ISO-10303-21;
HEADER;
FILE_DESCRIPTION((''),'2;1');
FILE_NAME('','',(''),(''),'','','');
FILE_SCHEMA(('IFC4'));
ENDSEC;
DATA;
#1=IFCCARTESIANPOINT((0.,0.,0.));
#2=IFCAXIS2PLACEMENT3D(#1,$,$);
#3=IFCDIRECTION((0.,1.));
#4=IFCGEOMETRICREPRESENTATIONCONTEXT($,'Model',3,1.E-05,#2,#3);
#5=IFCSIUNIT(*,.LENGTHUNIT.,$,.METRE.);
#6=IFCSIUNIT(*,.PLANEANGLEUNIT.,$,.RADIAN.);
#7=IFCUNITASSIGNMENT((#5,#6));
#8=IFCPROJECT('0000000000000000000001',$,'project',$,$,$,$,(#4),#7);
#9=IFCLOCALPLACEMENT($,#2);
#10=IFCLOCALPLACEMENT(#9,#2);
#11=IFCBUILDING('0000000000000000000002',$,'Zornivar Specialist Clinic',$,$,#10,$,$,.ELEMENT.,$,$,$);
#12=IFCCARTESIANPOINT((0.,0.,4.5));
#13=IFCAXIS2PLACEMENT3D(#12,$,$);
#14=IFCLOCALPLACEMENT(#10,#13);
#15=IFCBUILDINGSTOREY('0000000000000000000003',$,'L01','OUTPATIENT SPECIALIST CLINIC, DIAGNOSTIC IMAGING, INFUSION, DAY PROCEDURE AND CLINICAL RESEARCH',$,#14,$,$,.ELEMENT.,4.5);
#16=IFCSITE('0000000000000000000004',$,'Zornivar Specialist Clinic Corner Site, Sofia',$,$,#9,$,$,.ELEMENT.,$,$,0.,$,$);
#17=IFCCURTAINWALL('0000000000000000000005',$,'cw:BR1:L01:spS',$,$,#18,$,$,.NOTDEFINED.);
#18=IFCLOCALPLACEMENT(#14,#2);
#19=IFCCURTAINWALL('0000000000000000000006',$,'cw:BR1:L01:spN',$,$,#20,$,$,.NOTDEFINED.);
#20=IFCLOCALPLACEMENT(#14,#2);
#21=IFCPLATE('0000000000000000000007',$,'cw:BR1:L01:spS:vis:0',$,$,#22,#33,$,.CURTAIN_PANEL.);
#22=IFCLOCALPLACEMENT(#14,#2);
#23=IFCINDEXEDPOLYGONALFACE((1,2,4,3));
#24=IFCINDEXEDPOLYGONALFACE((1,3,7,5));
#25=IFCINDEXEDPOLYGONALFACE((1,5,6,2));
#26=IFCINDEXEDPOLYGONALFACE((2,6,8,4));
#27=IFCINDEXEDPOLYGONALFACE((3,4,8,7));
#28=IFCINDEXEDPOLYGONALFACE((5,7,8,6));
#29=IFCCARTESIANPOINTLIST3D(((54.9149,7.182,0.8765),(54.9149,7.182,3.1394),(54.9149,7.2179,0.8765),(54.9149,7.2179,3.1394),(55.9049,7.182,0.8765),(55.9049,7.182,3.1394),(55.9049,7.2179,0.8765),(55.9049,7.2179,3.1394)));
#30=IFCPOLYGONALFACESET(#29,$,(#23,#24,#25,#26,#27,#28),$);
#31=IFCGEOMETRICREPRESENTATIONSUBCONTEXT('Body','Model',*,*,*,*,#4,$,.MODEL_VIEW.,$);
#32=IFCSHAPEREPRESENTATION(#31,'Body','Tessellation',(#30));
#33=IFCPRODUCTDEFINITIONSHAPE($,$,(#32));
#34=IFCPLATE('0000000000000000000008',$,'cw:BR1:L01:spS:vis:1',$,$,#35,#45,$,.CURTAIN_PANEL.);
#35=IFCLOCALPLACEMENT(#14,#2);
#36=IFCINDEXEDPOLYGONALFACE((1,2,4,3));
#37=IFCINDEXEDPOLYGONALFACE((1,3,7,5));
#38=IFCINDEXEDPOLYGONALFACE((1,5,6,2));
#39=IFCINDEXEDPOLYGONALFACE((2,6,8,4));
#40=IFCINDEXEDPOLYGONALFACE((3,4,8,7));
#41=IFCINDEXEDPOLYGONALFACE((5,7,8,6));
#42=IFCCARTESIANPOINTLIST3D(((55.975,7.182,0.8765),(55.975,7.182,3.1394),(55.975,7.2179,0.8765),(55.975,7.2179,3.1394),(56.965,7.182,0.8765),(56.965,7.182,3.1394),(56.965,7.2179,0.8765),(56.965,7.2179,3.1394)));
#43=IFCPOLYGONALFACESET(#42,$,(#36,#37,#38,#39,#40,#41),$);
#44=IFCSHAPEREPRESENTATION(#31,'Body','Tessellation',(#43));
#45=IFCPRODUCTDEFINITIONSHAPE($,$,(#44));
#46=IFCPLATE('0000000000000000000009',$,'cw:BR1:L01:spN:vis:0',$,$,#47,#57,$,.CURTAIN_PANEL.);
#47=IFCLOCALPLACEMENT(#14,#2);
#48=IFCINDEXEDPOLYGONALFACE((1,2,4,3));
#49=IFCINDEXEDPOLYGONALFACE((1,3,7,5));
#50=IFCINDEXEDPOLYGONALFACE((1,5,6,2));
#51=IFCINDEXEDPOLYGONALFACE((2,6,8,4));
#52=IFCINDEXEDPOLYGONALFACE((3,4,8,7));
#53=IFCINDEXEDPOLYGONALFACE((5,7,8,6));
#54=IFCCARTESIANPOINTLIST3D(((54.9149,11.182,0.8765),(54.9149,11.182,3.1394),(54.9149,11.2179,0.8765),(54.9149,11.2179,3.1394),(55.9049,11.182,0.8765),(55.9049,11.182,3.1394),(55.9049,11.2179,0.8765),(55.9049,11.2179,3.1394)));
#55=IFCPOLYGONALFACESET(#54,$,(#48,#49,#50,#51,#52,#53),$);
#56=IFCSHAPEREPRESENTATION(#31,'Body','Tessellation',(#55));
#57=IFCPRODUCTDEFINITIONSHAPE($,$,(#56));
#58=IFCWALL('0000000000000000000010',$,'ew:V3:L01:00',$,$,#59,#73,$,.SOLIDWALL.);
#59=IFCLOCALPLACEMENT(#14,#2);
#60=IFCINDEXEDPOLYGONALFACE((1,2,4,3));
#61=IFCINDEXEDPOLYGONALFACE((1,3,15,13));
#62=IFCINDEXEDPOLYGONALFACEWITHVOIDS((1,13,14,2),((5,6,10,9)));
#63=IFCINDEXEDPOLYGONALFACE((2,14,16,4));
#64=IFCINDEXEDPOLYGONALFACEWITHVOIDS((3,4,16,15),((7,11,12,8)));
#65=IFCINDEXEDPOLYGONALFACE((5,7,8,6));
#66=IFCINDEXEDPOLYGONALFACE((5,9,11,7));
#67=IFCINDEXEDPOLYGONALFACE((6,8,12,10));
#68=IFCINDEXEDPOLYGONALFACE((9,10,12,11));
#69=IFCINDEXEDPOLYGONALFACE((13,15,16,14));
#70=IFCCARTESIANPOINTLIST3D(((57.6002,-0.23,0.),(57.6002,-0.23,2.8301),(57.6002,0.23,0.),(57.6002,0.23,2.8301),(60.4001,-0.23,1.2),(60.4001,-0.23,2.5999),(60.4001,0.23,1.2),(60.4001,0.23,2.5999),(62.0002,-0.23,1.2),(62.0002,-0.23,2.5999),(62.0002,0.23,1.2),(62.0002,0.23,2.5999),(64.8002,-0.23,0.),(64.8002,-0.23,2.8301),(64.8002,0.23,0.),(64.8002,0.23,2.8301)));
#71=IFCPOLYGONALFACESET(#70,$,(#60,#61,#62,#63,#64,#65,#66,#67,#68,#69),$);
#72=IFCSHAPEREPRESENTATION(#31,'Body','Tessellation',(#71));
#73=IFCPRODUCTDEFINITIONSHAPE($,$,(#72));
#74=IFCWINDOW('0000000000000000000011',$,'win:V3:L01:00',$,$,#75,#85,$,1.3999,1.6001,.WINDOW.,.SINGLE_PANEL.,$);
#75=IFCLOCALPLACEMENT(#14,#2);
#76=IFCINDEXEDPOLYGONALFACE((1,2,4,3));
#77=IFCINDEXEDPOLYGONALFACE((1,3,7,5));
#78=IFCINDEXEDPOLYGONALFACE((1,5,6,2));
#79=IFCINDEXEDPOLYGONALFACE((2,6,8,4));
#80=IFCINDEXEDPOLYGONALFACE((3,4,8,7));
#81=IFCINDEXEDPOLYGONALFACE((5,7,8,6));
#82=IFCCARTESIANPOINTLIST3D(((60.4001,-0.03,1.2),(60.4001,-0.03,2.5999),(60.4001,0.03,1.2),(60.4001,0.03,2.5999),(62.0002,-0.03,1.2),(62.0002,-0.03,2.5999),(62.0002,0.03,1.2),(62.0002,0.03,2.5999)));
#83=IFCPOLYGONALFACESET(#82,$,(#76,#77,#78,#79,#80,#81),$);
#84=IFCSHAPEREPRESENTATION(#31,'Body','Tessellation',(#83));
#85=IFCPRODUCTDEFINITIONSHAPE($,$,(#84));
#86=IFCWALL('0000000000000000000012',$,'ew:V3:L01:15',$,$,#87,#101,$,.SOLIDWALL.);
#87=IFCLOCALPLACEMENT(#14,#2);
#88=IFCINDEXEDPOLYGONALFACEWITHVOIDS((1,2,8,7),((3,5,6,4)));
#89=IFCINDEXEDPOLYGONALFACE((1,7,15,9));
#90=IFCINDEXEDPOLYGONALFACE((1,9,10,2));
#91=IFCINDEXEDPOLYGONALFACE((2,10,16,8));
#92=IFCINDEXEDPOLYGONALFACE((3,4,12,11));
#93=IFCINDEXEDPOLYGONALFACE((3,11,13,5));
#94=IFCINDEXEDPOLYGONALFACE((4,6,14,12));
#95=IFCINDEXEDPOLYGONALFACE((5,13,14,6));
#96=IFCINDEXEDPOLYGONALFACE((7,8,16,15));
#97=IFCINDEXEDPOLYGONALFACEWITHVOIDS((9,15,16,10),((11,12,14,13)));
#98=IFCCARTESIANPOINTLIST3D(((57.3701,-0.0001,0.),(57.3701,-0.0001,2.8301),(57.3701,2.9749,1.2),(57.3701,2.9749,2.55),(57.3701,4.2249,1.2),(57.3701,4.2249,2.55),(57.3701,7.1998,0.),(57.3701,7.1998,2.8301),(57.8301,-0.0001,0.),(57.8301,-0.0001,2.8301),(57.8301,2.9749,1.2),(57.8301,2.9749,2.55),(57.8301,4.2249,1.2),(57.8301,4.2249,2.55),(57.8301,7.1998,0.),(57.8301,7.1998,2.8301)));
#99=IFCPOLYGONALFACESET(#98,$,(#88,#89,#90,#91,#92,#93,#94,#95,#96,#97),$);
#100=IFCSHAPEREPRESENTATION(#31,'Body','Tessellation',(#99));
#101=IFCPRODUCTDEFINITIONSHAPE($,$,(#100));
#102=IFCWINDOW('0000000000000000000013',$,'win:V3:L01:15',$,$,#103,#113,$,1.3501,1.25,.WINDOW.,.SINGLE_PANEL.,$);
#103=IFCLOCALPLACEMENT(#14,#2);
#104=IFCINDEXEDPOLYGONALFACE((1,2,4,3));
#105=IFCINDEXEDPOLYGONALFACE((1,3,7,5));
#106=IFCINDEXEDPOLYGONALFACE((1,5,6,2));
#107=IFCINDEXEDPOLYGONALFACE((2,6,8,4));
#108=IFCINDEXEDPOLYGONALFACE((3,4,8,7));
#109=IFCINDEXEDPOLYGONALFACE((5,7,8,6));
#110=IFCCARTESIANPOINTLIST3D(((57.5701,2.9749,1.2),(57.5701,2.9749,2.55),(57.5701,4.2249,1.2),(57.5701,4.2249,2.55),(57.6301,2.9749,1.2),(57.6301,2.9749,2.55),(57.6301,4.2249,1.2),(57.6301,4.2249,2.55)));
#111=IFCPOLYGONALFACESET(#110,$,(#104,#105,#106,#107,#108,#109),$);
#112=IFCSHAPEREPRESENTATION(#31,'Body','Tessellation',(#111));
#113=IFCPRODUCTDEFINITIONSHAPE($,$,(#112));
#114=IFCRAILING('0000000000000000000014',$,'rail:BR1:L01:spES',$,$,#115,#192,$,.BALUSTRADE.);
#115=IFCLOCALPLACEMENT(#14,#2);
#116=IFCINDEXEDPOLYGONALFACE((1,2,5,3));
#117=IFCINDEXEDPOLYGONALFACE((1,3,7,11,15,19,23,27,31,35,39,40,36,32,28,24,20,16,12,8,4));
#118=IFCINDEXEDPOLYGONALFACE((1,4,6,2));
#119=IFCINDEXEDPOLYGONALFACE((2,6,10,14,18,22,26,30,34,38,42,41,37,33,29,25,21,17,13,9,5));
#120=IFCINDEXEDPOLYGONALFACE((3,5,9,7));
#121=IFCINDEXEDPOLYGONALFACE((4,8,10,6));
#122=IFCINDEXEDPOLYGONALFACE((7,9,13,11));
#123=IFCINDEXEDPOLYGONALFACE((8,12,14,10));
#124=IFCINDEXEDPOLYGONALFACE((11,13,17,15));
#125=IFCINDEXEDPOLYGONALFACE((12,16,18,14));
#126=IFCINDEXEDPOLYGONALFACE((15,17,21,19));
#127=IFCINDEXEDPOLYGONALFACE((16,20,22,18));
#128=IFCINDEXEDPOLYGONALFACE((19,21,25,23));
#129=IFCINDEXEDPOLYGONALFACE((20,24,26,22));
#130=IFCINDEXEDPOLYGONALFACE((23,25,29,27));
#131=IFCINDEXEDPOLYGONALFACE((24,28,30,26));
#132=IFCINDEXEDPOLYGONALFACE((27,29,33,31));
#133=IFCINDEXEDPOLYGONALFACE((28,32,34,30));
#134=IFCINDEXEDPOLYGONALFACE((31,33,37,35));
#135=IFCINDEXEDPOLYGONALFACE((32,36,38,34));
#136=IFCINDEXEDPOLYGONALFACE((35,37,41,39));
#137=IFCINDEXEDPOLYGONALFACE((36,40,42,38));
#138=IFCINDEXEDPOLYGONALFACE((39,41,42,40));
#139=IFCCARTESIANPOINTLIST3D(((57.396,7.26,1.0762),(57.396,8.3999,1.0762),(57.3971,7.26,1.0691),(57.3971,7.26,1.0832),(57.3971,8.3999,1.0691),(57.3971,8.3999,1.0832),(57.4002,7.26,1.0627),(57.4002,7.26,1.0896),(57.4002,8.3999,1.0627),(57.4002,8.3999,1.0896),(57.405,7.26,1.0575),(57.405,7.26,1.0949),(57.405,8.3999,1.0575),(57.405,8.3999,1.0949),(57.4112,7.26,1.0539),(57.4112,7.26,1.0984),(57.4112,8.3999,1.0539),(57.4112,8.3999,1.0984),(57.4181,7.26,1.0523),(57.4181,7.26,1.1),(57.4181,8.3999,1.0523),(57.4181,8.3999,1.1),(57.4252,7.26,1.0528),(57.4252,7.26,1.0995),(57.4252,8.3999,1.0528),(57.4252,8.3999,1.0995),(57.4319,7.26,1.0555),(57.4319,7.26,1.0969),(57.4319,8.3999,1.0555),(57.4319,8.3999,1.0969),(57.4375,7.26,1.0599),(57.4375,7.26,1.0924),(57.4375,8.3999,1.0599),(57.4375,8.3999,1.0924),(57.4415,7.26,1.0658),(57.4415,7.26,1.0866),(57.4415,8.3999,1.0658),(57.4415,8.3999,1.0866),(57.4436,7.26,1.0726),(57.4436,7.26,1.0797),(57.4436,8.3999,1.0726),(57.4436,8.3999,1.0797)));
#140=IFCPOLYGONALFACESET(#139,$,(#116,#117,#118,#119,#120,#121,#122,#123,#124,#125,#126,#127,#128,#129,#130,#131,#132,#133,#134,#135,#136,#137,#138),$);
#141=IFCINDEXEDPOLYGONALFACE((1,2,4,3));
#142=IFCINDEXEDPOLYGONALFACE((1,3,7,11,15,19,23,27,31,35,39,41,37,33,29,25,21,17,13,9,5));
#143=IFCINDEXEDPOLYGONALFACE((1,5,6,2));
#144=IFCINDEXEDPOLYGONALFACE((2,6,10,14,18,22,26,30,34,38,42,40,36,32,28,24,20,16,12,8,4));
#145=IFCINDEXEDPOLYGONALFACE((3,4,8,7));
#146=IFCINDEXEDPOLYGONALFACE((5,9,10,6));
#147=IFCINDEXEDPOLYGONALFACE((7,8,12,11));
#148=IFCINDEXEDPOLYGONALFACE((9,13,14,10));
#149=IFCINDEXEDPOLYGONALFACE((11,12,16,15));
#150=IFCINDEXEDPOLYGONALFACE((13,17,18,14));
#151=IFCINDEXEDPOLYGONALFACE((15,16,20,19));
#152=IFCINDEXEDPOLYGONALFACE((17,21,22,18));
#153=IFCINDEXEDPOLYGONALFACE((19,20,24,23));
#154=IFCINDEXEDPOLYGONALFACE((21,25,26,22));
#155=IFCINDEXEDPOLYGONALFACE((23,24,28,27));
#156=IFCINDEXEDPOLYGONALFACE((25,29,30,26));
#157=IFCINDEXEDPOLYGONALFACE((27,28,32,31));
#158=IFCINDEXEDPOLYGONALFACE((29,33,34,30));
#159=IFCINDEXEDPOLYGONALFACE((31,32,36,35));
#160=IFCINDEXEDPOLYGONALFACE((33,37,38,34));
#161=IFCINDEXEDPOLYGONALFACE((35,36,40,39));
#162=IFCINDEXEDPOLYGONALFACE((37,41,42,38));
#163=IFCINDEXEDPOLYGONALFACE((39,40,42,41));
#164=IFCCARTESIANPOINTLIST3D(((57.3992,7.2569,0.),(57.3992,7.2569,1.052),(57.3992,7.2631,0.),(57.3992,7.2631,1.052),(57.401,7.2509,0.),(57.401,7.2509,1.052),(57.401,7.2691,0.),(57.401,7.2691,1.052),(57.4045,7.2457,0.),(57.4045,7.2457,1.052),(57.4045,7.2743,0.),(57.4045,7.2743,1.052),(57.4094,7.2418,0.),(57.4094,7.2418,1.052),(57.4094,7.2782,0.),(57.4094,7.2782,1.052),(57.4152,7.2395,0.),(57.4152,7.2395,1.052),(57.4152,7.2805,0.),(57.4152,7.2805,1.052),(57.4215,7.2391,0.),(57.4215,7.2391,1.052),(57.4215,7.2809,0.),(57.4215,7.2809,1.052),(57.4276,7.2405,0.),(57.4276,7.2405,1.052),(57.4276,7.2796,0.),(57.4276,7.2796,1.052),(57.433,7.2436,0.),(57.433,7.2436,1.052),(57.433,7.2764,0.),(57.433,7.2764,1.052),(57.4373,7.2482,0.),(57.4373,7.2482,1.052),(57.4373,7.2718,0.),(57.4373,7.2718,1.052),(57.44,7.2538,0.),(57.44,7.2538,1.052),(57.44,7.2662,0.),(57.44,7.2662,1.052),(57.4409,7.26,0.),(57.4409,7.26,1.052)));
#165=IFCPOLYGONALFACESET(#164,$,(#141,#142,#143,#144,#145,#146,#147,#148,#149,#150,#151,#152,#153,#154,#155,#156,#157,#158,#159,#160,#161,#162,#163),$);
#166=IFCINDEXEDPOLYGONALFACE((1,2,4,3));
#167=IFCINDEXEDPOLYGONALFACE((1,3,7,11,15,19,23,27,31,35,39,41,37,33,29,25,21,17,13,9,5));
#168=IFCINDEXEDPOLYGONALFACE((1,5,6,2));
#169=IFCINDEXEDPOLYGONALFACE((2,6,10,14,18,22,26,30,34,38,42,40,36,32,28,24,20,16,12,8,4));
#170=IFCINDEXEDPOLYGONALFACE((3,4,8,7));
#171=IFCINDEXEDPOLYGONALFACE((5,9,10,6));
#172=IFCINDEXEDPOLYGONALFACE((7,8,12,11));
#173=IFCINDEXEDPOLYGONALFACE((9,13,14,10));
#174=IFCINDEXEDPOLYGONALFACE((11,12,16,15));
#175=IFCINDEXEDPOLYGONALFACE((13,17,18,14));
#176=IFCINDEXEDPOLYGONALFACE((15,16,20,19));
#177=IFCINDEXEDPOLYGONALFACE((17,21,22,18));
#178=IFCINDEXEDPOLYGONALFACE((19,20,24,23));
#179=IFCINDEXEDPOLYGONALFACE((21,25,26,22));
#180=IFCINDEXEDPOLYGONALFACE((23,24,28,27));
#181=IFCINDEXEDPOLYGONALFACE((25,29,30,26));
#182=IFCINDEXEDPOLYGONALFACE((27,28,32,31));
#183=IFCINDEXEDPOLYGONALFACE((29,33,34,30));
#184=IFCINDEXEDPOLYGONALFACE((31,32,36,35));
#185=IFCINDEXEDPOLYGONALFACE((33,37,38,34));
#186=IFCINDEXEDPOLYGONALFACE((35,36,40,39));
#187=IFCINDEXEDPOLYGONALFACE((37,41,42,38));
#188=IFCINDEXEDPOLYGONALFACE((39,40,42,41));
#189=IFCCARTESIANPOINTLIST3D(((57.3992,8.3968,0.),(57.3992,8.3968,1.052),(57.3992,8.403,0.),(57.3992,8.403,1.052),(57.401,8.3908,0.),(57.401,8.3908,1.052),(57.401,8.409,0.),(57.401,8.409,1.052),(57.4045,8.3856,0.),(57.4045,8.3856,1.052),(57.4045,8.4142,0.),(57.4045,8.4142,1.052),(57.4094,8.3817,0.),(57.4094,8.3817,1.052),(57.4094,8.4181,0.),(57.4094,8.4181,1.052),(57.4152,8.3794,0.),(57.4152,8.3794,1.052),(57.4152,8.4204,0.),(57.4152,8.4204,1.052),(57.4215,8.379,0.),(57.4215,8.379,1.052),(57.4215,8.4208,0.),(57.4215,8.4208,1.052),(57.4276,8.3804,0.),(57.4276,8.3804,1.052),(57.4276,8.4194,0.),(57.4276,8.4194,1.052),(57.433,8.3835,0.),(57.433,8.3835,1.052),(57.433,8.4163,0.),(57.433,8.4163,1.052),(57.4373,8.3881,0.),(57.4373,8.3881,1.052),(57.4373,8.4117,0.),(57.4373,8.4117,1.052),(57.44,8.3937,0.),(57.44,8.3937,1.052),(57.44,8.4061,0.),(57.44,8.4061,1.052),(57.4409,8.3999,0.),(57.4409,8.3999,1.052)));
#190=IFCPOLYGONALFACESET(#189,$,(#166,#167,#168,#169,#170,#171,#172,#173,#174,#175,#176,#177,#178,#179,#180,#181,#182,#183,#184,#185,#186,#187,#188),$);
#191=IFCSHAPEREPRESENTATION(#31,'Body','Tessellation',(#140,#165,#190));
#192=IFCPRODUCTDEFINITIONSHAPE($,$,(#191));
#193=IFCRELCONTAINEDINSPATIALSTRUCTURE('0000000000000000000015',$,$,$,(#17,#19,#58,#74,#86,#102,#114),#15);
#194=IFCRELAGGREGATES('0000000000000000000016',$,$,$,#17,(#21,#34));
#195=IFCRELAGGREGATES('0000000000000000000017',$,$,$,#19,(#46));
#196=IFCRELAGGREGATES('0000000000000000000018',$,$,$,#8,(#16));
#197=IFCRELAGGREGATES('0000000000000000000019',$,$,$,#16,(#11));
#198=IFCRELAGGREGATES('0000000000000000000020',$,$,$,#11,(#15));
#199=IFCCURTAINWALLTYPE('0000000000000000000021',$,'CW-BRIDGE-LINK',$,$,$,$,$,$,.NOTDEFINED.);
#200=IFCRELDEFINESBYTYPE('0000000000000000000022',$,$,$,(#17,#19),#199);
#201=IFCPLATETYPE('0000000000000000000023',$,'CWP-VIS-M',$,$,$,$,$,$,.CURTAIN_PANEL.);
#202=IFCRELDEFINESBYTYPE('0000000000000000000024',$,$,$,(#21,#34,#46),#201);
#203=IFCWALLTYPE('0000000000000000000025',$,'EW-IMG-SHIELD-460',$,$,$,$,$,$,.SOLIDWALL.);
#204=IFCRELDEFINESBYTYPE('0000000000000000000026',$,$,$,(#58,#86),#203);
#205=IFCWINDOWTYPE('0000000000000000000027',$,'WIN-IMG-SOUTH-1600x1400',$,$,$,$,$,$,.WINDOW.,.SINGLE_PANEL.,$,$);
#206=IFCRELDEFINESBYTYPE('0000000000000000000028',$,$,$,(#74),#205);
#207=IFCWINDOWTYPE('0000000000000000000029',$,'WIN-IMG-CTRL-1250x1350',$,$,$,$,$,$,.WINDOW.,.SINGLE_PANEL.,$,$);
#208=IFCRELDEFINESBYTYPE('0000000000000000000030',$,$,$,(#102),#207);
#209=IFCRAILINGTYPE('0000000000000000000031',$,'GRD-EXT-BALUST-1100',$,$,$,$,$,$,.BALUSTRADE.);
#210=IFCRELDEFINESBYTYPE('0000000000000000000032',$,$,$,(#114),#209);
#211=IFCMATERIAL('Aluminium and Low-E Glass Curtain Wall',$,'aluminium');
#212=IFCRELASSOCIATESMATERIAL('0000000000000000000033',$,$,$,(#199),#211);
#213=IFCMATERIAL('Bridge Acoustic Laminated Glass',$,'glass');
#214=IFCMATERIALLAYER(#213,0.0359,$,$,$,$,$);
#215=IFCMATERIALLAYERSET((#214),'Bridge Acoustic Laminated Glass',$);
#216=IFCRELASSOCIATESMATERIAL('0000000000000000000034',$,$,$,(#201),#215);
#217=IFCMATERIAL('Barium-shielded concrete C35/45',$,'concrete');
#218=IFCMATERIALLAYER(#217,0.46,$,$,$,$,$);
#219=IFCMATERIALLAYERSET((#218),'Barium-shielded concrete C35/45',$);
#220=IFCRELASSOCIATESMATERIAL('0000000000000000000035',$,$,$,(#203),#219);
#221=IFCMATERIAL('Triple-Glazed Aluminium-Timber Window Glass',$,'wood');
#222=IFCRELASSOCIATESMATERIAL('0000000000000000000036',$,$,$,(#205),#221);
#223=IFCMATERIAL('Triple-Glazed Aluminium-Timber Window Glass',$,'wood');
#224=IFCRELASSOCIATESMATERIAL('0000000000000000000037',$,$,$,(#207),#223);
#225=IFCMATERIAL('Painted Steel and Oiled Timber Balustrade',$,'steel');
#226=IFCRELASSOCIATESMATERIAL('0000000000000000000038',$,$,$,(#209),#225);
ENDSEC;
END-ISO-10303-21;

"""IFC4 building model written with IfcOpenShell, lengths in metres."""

from ifc_helpers import new_model, si_unit, direction, frame, frame_2d, origin, origin_2d, place, context, subcontext, project, spatial, rectangle, circle, extrude, material, layer, layer_set, type_object, element, fill, aggregate, save


model = new_model("IFC4")

# Units and contexts
model_context = context("Model", 3, precision=1e-05, world=origin(), true_north=direction((0.0, 1.0)))
body_context = subcontext(model_context, "Body", "Model", "MODEL_VIEW")
ifc_project = project(units=[si_unit("LENGTHUNIT", "METRE"), si_unit("PLANEANGLEUNIT", "RADIAN")], contexts=[model_context])

# Site, building, storey
site_placement = place(None, origin())
site = spatial("IfcSite", under=ifc_project, at=site_placement, Name="Zornivar Specialist Clinic Corner Site, Sofia", CompositionType="ELEMENT", RefElevation=0.0)
building_placement = place(site_placement, origin())
building = spatial("IfcBuilding", under=site, at=building_placement, Name="Zornivar Specialist Clinic", CompositionType="ELEMENT")
storey_placement = place(building_placement, frame((0.0, 0.0, 4.5)))
storey = spatial("IfcBuildingStorey", under=building, at=storey_placement, Name="L01", Description="OUTPATIENT SPECIALIST CLINIC, DIAGNOSTIC IMAGING, INFUSION, DAY PROCEDURE AND CLINICAL RESEARCH", CompositionType="ELEMENT", Elevation=4.5)

# Curtain walls
ifc_material_1 = material(Name="Aluminium and Low-E Glass Curtain Wall", Category="aluminium")
curtain_wall_type = type_object("IfcCurtainWallType", Name="CW-BRIDGE-LINK", PredefinedType="NOTDEFINED", material=ifc_material_1)
curtain_wall_1_placement = place(storey_placement, origin())
curtain_wall_1 = element("IfcCurtainWall", 1, at=curtain_wall_1_placement, inside=storey, type_object=curtain_wall_type, Name="cw:BR1:L01:spS", PredefinedType="NOTDEFINED")
curtain_wall_2_placement = place(storey_placement, origin())
curtain_wall_2 = element("IfcCurtainWall", 2, at=curtain_wall_2_placement, inside=storey, type_object=curtain_wall_type, Name="cw:BR1:L01:spN", PredefinedType="NOTDEFINED")

# Plates
ifc_material_2 = material(Name="Bridge Acoustic Laminated Glass", Category="glass")
ifc_layer_1 = layer(ifc_material_2, 0.0359)
ifc_layer_set_1 = layer_set([ifc_layer_1], Name="Bridge Acoustic Laminated Glass")
plate_type_1 = type_object("IfcPlateType", Name="CWP-VIS-M", PredefinedType="CURTAIN_PANEL", material=ifc_layer_set_1)
plate_1_placement = place(storey_placement, frame((55.4099, 7.2, 0.8765), z_axis=(0.0, 0.0, 1.0), x_axis=(1.0, 0.0, 0.0)))
plate_1 = element("IfcPlate", 3, at=plate_1_placement, type_object=plate_type_1, Name="cw:BR1:L01:spS:vis:0", PredefinedType="CURTAIN_PANEL", context=body_context, shape_type="SweptSolid", body=[
    extrude(rectangle(XDim=0.99, YDim=0.0359, at=origin_2d()), origin(), (0.0, 0.0, 1.0), 2.2629),
])
plate_2_placement = place(storey_placement, frame((56.47, 7.2, 0.8765), z_axis=(0.0, 0.0, 1.0), x_axis=(1.0, 0.0, 0.0)))
plate_2 = element("IfcPlate", 4, at=plate_2_placement, type_object=plate_type_1, Name="cw:BR1:L01:spS:vis:1", PredefinedType="CURTAIN_PANEL", context=body_context, shape_type="SweptSolid", body=[
    extrude(rectangle(XDim=0.99, YDim=0.0359, at=origin_2d()), origin(), (0.0, 0.0, 1.0), 2.2629),
])
aggregate(curtain_wall_1, [plate_1, plate_2])
plate_3_placement = place(storey_placement, frame((55.4099, 11.2, 0.8765), z_axis=(0.0, 0.0, 1.0), x_axis=(1.0, 0.0, 0.0)))
plate_3 = element("IfcPlate", 5, at=plate_3_placement, type_object=plate_type_1, Name="cw:BR1:L01:spN:vis:0", PredefinedType="CURTAIN_PANEL", context=body_context, shape_type="SweptSolid", body=[
    extrude(rectangle(XDim=0.99, YDim=0.0359, at=origin_2d()), origin(), (0.0, 0.0, 1.0), 2.2629),
])
aggregate(curtain_wall_2, [plate_3])

# Walls, openings, windows
ifc_material_3 = material(Name="Barium-shielded concrete C35/45", Category="concrete")
ifc_layer_2 = layer(ifc_material_3, 0.46)
ifc_layer_set_2 = layer_set([ifc_layer_2], Name="Barium-shielded concrete C35/45")
wall_type = type_object("IfcWallType", Name="EW-IMG-SHIELD-460", PredefinedType="SOLIDWALL", material=ifc_layer_set_2)
wall_1_placement = place(storey_placement, frame((57.6001, 0.0, 0.0), z_axis=(0.0, 0.0, 1.0), x_axis=(1.0, 0.0, 0.0)))
wall_1 = element("IfcWall", 6, at=wall_1_placement, inside=storey, type_object=wall_type, Name="ew:V3:L01:00", PredefinedType="SOLIDWALL", context=body_context, shape_type="SweptSolid", body=[
    extrude(rectangle(XDim=7.2, YDim=0.46, at=frame_2d((3.6001, 0.0))), origin(), (0.0, 0.0, 1.0), 2.8301),
])
opening_1_placement = place(wall_1_placement, frame((2.8, 0.0, 1.2)))
opening_1 = element("IfcOpeningElement", 7, at=opening_1_placement, cuts=wall_1, PredefinedType="OPENING", context=body_context, shape_type="SweptSolid", body=[
    extrude(rectangle(XDim=1.6001, YDim=1.3999, at=frame_2d((0.8, 0.7))), frame((0.0, 0.24, 0.0), z_axis=(0.0, -1.0, 0.0), x_axis=(1.0, 0.0, 0.0)), (0.0, 0.0, 1.0), 0.48),
])
ifc_material_4 = material(Name="Triple-Glazed Aluminium-Timber Window Glass", Category="wood")
window_type_1 = type_object("IfcWindowType", Name="WIN-IMG-SOUTH-1600x1400", PartitioningType="SINGLE_PANEL", PredefinedType="WINDOW", material=ifc_material_4)
window_1_placement = place(opening_1_placement, origin())
window_1 = element("IfcWindow", 8, at=window_1_placement, inside=storey, type_object=window_type_1, Name="win:V3:L01:00", OverallHeight=1.3999, OverallWidth=1.6001, PartitioningType="SINGLE_PANEL", PredefinedType="WINDOW", context=body_context, shape_type="SweptSolid", body=[
    extrude(rectangle(XDim=1.6001, YDim=1.3999, at=frame_2d((0.8, 0.7))), frame((0.0, 0.03, 0.0), z_axis=(0.0, -1.0, 0.0), x_axis=(1.0, 0.0, 0.0)), (0.0, 0.0, 1.0), 0.0601),
])
fill(opening_1, window_1)
wall_2_placement = place(storey_placement, frame((57.6001, 7.2, 0.0), z_axis=(0.0, 0.0, 1.0), x_axis=(0.0, -1.0, 0.0)))
wall_2 = element("IfcWall", 9, at=wall_2_placement, inside=storey, type_object=wall_type, Name="ew:V3:L01:15", PredefinedType="SOLIDWALL", context=body_context, shape_type="SweptSolid", body=[
    extrude(rectangle(XDim=7.2, YDim=0.46, at=frame_2d((3.6001, 0.0))), origin(), (0.0, 0.0, 1.0), 2.8301),
])
opening_2_placement = place(wall_2_placement, frame((2.9751, 0.0, 1.2)))
opening_2 = element("IfcOpeningElement", 10, at=opening_2_placement, cuts=wall_2, PredefinedType="OPENING", context=body_context, shape_type="SweptSolid", body=[
    extrude(rectangle(XDim=1.25, YDim=1.3501, at=frame_2d((0.625, 0.675))), frame((0.0, 0.24, 0.0), z_axis=(0.0, -1.0, 0.0), x_axis=(1.0, 0.0, 0.0)), (0.0, 0.0, 1.0), 0.48),
])
ifc_material_5 = material(Name="Triple-Glazed Aluminium-Timber Window Glass", Category="wood")
window_type_2 = type_object("IfcWindowType", Name="WIN-IMG-CTRL-1250x1350", PartitioningType="SINGLE_PANEL", PredefinedType="WINDOW", material=ifc_material_5)
window_2_placement = place(opening_2_placement, origin())
window_2 = element("IfcWindow", 11, at=window_2_placement, inside=storey, type_object=window_type_2, Name="win:V3:L01:15", OverallHeight=1.3501, OverallWidth=1.25, PartitioningType="SINGLE_PANEL", PredefinedType="WINDOW", context=body_context, shape_type="SweptSolid", body=[
    extrude(rectangle(XDim=1.25, YDim=1.3501, at=frame_2d((0.625, 0.675))), frame((0.0, 0.03, 0.0), z_axis=(0.0, -1.0, 0.0), x_axis=(1.0, 0.0, 0.0)), (0.0, 0.0, 1.0), 0.0601),
])
fill(opening_2, window_2)

# Railing
ifc_material_6 = material(Name="Painted Steel and Oiled Timber Balustrade", Category="steel")
railing_type = type_object("IfcRailingType", Name="GRD-EXT-BALUST-1100", PredefinedType="BALUSTRADE", material=ifc_material_6)
for number, where, name in (
    (12, (57.4199, 7.26, 0.0), "rail:BR1:L01:spES"),
):
    element("IfcRailing", number, at=place(storey_placement, frame(where)), inside=storey, type_object=railing_type, Name=name, PredefinedType="BALUSTRADE", context=body_context, shape_type="SweptSolid", body=[
        extrude(circle(Radius=0.0239, at=origin_2d()), frame((0.0, 0.0, 1.0762), z_axis=(0.0, 1.0, 0.0), x_axis=(-1.0, 0.0, 0.0)), (0.0, 0.0, 1.0), 1.1399),
        extrude(circle(Radius=0.021, at=origin_2d()), origin(), (0.0, 0.0, 1.0), 1.052),
        extrude(circle(Radius=0.021, at=origin_2d()), frame((0.0, 1.1399, 0.0)), (0.0, 0.0, 1.0), 1.052),
    ])

save(model, "model.ifc")
